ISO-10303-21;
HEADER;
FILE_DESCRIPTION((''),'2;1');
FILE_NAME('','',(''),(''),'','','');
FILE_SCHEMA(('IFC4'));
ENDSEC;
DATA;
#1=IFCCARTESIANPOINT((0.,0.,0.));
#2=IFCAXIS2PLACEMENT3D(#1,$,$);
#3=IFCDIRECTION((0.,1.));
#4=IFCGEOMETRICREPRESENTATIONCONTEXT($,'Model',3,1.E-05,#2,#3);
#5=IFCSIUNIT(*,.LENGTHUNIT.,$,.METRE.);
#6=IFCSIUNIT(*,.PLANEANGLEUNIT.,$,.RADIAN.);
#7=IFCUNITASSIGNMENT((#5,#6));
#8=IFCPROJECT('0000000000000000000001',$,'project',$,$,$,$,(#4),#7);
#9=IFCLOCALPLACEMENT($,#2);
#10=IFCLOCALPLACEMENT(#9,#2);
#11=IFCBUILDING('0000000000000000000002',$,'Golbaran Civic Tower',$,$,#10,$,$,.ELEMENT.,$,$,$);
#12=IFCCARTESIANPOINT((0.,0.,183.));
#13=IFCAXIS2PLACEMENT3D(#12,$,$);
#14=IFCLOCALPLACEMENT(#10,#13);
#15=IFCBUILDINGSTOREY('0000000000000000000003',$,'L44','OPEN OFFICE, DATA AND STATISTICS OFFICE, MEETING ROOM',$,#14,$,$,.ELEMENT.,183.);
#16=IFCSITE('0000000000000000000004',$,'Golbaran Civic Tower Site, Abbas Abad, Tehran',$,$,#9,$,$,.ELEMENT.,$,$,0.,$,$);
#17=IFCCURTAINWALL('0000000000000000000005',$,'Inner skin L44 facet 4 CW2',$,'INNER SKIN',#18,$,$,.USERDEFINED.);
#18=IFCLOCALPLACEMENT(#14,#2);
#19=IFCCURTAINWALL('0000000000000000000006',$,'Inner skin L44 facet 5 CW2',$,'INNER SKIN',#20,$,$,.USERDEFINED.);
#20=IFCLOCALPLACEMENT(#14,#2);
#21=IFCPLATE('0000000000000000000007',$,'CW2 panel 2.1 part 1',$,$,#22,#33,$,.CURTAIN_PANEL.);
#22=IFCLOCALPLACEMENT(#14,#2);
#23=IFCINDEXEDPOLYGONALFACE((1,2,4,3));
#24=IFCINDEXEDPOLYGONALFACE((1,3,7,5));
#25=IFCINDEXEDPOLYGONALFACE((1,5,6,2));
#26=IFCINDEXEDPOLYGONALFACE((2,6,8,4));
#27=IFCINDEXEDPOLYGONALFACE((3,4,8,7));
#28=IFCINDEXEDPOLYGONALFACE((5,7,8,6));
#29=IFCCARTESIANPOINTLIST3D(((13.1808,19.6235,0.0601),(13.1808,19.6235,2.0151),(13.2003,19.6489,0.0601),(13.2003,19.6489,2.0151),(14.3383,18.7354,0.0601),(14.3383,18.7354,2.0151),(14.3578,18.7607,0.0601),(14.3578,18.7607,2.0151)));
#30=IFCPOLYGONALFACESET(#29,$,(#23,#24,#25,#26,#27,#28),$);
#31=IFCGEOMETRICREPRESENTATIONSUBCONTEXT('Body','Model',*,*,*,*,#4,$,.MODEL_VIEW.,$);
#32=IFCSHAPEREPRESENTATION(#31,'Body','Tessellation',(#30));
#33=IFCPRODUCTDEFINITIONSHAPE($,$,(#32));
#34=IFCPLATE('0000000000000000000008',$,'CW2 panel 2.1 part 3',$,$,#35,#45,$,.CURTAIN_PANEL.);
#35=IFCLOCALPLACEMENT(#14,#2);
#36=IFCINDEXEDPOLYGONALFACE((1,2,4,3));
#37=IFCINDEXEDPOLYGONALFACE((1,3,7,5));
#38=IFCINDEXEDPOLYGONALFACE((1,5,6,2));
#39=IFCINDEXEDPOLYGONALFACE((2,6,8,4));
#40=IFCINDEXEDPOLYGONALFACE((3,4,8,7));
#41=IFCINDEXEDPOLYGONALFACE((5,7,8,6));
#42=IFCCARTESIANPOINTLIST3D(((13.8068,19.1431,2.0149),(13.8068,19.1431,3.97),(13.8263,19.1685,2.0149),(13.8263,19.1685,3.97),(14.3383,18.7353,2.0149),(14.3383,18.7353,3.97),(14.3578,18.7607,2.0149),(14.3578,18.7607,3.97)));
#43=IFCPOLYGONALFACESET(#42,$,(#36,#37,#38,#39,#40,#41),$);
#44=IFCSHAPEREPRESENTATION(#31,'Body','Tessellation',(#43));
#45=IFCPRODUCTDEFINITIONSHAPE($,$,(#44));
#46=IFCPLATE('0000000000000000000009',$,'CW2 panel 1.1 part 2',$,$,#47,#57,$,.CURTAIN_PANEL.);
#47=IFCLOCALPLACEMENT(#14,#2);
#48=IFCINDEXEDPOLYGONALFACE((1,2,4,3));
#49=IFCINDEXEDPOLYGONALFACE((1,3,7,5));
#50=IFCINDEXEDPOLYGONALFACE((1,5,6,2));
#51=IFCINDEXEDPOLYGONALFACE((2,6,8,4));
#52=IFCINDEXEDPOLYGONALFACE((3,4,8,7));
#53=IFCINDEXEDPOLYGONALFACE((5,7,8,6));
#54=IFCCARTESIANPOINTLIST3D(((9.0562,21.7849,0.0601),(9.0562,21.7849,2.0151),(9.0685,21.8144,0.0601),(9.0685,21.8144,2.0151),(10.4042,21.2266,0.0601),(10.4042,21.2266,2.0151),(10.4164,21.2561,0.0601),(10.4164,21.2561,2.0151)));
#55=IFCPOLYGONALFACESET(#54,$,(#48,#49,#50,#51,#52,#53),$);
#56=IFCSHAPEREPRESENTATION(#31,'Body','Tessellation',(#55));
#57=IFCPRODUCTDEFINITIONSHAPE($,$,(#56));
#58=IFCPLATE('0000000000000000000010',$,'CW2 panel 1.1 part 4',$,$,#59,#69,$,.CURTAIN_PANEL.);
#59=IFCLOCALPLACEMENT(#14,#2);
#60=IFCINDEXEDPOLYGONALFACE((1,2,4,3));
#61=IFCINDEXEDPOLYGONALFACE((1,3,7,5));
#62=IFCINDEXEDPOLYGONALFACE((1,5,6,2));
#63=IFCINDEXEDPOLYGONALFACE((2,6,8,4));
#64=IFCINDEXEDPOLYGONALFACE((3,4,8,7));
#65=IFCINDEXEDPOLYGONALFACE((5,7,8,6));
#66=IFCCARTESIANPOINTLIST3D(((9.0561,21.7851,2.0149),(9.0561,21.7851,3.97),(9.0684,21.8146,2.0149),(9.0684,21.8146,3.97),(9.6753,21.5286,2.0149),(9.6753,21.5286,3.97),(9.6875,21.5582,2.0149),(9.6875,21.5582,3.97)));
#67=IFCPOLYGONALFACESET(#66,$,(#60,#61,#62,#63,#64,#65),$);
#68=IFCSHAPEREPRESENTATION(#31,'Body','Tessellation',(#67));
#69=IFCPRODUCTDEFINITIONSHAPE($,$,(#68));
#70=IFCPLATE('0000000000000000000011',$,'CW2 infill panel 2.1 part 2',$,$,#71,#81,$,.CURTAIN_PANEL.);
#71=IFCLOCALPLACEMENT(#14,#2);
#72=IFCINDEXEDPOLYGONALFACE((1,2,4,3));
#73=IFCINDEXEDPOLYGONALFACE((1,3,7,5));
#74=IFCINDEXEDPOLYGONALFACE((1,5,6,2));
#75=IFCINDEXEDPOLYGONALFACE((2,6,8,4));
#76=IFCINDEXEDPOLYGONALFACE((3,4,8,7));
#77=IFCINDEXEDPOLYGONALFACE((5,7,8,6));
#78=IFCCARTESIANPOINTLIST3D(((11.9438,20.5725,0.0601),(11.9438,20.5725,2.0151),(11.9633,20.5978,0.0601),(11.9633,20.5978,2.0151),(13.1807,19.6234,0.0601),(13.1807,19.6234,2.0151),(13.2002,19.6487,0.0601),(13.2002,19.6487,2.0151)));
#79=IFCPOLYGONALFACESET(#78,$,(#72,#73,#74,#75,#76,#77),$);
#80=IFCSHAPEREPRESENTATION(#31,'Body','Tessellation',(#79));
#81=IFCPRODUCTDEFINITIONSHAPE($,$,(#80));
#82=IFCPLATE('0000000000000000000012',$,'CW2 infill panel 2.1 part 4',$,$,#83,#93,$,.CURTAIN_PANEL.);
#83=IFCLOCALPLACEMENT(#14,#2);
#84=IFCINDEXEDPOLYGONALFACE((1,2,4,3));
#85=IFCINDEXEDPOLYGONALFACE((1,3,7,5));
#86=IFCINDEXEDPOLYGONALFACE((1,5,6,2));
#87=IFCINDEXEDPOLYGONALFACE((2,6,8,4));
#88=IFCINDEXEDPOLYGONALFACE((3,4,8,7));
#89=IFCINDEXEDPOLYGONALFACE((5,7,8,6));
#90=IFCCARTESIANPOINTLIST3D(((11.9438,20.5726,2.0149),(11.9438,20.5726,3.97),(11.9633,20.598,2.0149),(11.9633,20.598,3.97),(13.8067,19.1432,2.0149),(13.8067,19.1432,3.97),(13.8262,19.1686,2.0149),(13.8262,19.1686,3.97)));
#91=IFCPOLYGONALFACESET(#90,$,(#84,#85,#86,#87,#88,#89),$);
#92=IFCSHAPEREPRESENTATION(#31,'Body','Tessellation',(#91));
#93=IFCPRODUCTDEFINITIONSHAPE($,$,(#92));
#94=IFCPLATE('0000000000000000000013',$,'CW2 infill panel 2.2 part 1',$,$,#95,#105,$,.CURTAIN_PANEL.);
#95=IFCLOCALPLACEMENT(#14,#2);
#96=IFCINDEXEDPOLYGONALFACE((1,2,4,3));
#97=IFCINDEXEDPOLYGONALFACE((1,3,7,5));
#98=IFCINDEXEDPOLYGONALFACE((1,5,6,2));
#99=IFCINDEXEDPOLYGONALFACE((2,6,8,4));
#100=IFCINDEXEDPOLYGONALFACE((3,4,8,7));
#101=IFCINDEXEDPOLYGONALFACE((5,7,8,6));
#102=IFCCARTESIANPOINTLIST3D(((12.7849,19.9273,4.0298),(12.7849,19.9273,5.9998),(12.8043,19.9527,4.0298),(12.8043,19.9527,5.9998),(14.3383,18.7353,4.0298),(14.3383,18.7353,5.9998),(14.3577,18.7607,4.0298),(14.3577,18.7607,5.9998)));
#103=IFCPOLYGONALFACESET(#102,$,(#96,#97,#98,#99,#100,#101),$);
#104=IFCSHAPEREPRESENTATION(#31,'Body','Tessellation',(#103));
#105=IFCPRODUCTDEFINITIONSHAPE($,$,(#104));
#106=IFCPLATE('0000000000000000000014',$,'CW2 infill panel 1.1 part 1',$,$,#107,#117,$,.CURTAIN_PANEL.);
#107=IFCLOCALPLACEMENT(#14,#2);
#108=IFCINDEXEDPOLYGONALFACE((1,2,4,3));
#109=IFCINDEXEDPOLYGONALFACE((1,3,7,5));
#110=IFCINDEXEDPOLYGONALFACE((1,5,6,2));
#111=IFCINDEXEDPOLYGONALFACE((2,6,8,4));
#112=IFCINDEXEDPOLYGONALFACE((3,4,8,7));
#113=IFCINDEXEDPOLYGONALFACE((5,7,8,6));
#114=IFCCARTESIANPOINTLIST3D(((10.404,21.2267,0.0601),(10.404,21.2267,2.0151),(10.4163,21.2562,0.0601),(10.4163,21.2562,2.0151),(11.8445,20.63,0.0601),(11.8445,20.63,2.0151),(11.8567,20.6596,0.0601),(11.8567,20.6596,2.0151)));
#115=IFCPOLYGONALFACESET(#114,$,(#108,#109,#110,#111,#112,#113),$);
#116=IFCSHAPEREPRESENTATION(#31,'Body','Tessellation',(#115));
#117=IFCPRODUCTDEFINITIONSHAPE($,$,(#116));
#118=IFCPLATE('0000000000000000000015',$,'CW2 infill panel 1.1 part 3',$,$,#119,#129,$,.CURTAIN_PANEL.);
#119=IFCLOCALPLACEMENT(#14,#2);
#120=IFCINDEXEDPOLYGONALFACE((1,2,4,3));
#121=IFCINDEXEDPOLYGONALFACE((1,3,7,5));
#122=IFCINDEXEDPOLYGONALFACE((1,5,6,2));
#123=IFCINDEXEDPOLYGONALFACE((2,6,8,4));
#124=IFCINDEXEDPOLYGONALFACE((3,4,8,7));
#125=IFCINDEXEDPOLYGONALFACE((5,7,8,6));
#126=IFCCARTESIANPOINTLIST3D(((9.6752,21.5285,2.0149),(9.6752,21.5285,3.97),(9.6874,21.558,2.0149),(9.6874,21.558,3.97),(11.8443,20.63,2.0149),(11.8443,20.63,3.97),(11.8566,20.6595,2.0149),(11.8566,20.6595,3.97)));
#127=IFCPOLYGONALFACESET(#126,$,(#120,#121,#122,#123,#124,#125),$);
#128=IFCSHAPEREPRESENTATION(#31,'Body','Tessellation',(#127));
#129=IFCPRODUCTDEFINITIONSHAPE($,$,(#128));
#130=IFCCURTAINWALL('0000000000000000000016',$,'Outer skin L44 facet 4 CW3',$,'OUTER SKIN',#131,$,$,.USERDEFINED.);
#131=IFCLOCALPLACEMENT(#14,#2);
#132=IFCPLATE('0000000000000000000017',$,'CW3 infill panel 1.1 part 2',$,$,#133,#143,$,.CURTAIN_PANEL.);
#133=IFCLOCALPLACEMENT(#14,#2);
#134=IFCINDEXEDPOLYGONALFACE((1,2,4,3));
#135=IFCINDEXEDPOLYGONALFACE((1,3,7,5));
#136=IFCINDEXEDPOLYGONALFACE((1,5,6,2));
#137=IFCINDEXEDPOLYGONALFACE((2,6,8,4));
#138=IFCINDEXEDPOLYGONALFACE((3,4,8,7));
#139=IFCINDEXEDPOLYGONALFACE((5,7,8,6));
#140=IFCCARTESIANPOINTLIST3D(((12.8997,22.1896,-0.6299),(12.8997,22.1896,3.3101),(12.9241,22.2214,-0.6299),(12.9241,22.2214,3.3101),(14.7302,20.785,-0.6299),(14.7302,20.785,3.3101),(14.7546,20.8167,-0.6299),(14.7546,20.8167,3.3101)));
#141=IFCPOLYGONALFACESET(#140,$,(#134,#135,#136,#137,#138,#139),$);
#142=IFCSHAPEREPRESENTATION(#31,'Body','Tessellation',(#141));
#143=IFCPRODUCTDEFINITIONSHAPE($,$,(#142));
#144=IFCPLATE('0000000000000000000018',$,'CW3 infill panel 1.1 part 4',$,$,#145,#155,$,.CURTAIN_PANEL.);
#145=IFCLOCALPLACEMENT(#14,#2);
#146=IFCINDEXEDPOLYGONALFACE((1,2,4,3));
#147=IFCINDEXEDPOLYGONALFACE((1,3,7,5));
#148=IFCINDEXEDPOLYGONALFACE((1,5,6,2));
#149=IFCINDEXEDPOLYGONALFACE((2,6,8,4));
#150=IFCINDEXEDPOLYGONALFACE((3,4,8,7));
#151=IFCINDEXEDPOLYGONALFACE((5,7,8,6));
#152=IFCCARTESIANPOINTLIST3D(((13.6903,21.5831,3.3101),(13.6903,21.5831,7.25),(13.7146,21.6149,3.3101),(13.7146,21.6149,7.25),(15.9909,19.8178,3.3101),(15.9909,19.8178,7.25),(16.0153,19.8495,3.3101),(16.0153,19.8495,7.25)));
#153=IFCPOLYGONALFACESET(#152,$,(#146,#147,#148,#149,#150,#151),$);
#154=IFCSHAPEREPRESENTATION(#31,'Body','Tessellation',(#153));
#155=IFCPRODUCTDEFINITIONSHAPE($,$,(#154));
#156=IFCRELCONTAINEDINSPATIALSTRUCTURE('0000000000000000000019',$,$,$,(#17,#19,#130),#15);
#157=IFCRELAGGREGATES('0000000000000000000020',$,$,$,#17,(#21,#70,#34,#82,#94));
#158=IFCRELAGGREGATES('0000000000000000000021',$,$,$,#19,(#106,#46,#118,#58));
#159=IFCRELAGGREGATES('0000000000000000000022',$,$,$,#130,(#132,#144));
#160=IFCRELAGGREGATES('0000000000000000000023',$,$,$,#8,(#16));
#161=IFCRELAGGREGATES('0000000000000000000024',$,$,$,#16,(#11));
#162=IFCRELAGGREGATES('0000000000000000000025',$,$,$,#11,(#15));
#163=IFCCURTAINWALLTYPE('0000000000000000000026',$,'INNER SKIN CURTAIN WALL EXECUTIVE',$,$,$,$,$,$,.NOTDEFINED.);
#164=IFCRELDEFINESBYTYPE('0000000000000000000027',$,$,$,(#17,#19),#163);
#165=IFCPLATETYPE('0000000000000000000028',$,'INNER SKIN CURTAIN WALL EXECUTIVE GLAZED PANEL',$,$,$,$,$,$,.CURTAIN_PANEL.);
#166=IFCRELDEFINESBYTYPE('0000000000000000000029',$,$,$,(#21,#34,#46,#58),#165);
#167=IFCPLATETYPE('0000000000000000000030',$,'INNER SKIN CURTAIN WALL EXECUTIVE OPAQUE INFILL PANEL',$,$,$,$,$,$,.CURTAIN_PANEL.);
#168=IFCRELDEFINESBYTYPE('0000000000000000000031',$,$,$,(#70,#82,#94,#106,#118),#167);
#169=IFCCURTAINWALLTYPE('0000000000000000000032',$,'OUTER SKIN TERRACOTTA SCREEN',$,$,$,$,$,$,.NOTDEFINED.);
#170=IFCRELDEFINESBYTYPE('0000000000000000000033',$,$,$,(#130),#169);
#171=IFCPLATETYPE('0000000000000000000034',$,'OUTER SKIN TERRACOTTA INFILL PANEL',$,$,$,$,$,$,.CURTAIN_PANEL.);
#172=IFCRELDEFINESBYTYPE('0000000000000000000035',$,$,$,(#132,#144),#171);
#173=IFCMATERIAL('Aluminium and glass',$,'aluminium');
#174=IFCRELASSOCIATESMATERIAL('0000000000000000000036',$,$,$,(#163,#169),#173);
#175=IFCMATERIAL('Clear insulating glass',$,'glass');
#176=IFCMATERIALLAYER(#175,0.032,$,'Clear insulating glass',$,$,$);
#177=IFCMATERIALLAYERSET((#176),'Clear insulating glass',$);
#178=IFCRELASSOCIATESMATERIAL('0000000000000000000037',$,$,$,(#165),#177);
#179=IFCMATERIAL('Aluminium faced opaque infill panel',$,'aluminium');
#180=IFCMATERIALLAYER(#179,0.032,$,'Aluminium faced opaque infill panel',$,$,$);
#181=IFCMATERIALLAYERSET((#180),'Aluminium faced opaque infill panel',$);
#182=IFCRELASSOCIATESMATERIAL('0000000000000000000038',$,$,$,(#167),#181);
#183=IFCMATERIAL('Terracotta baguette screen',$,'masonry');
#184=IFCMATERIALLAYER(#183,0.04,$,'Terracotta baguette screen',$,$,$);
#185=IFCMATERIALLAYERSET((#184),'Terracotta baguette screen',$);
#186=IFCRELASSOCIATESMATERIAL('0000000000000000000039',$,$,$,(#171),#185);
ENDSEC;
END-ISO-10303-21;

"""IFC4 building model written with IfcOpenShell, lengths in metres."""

from ifc_helpers import new_model, si_unit, direction, frame, origin, origin_2d, place, context, subcontext, project, spatial, rectangle, extrude, material, layer, layer_set, type_object, element, aggregate, save


model = new_model("IFC4")

# Units and contexts
model_context = context("Model", 3, precision=1e-05, world=origin(), true_north=direction((0.0, 1.0)))
body_context = subcontext(model_context, "Body", "Model", "MODEL_VIEW")
ifc_project = project(units=[si_unit("LENGTHUNIT", "METRE"), si_unit("PLANEANGLEUNIT", "RADIAN")], contexts=[model_context])

# Site, building, storey
site_placement = place(None, origin())
site = spatial("IfcSite", under=ifc_project, at=site_placement, Name="Golbaran Civic Tower Site, Abbas Abad, Tehran", CompositionType="ELEMENT", RefElevation=0.0)
building_placement = place(site_placement, origin())
building = spatial("IfcBuilding", under=site, at=building_placement, Name="Golbaran Civic Tower", CompositionType="ELEMENT")
storey_placement = place(building_placement, frame((0.0, 0.0, 183.0)))
storey = spatial("IfcBuildingStorey", under=building, at=storey_placement, Name="L44", Description="OPEN OFFICE, DATA AND STATISTICS OFFICE, MEETING ROOM", CompositionType="ELEMENT", Elevation=183.0)

# Curtain walls
ifc_material_1 = material(Name="Aluminium and glass", Category="aluminium")
curtain_wall_type_1 = type_object("IfcCurtainWallType", Name="INNER SKIN CURTAIN WALL EXECUTIVE", PredefinedType="NOTDEFINED", material=ifc_material_1)
curtain_wall_1_placement = place(storey_placement, origin())
curtain_wall_1 = element("IfcCurtainWall", 1, at=curtain_wall_1_placement, inside=storey, type_object=curtain_wall_type_1, Name="Inner skin L44 facet 4 CW2", ObjectType="INNER SKIN", PredefinedType="USERDEFINED")
curtain_wall_2_placement = place(storey_placement, origin())
curtain_wall_2 = element("IfcCurtainWall", 2, at=curtain_wall_2_placement, inside=storey, type_object=curtain_wall_type_1, Name="Inner skin L44 facet 5 CW2", ObjectType="INNER SKIN", PredefinedType="USERDEFINED")

# Plates
ifc_material_2 = material(Name="Clear insulating glass", Category="glass")
ifc_layer_1 = layer(ifc_material_2, 0.032, Name="Clear insulating glass")
ifc_layer_set_1 = layer_set([ifc_layer_1], Name="Clear insulating glass")
plate_type_1 = type_object("IfcPlateType", Name="INNER SKIN CURTAIN WALL EXECUTIVE GLAZED PANEL", PredefinedType="CURTAIN_PANEL", material=ifc_layer_set_1)
plate_1_placement = place(storey_placement, frame((13.7693, 19.1921, 0.0601), z_axis=(0.0, 0.0, 1.0), x_axis=(-0.793353, 0.608761, 0.0)))
plate_1 = element("IfcPlate", 3, at=plate_1_placement, type_object=plate_type_1, Name="CW2 panel 2.1 part 1", PredefinedType="CURTAIN_PANEL", context=body_context, shape_type="SweptSolid", body=[
    extrude(rectangle(XDim=1.459, YDim=0.032, at=origin_2d()), origin(), (0.0, 0.0, 1.0), 1.9551),
])
plate_2_placement = place(storey_placement, frame((14.0823, 18.9519, 2.0149), z_axis=(0.0, 0.0, 1.0), x_axis=(-0.793353, 0.608761, 0.0)))
plate_2 = element("IfcPlate", 4, at=plate_2_placement, type_object=plate_type_1, Name="CW2 panel 2.1 part 3", PredefinedType="CURTAIN_PANEL", context=body_context, shape_type="SweptSolid", body=[
    extrude(rectangle(XDim=0.6699, YDim=0.032, at=origin_2d()), origin(), (0.0, 0.0, 1.0), 1.9551),
])
plate_3_placement = place(storey_placement, frame((9.7363, 21.5205, 0.0601), z_axis=(0.0, 0.0, 1.0), x_axis=(-0.92388, 0.382683, 0.0)))
plate_3 = element("IfcPlate", 5, at=plate_3_placement, type_object=plate_type_1, Name="CW2 panel 1.1 part 2", PredefinedType="CURTAIN_PANEL", context=body_context, shape_type="SweptSolid", body=[
    extrude(rectangle(XDim=1.459, YDim=0.032, at=origin_2d()), origin(), (0.0, 0.0, 1.0), 1.9551),
])
plate_4_placement = place(storey_placement, frame((9.3718, 21.6716, 2.0149), z_axis=(0.0, 0.0, 1.0), x_axis=(-0.92388, 0.382683, 0.0)))
plate_4 = element("IfcPlate", 6, at=plate_4_placement, type_object=plate_type_1, Name="CW2 panel 1.1 part 4", PredefinedType="CURTAIN_PANEL", context=body_context, shape_type="SweptSolid", body=[
    extrude(rectangle(XDim=0.6702, YDim=0.032, at=origin_2d()), origin(), (0.0, 0.0, 1.0), 1.9551),
])
ifc_material_3 = material(Name="Aluminium faced opaque infill panel", Category="aluminium")
ifc_layer_2 = layer(ifc_material_3, 0.032, Name="Aluminium faced opaque infill panel")
ifc_layer_set_2 = layer_set([ifc_layer_2], Name="Aluminium faced opaque infill panel")
plate_type_2 = type_object("IfcPlateType", Name="INNER SKIN CURTAIN WALL EXECUTIVE OPAQUE INFILL PANEL", PredefinedType="CURTAIN_PANEL", material=ifc_layer_set_2)
plate_5_placement = place(storey_placement, frame((12.572, 20.1106, 0.0601), z_axis=(0.0, 0.0, 1.0), x_axis=(-0.793353, 0.608761, 0.0)))
plate_5 = element("IfcPlate", 7, at=plate_5_placement, type_object=plate_type_2, Name="CW2 infill panel 2.1 part 2", PredefinedType="CURTAIN_PANEL", context=body_context, shape_type="SweptSolid", body=[
    extrude(rectangle(XDim=1.5591, YDim=0.032, at=origin_2d()), origin(), (0.0, 0.0, 1.0), 1.9551),
])
plate_6_placement = place(storey_placement, frame((12.885, 19.8706, 2.0149), z_axis=(0.0, 0.0, 1.0), x_axis=(-0.793353, 0.608761, 0.0)))
plate_6 = element("IfcPlate", 8, at=plate_6_placement, type_object=plate_type_2, Name="CW2 infill panel 2.1 part 4", PredefinedType="CURTAIN_PANEL", context=body_context, shape_type="SweptSolid", body=[
    extrude(rectangle(XDim=2.3481, YDim=0.032, at=origin_2d()), origin(), (0.0, 0.0, 1.0), 1.9551),
])
plate_7_placement = place(storey_placement, frame((13.5713, 19.344, 4.0298), z_axis=(0.0, 0.0, 1.0), x_axis=(-0.793353, 0.608761, 0.0)))
plate_7 = element("IfcPlate", 9, at=plate_7_placement, type_object=plate_type_2, Name="CW2 infill panel 2.2 part 1", PredefinedType="CURTAIN_PANEL", context=body_context, shape_type="SweptSolid", body=[
    extrude(rectangle(XDim=1.958, YDim=0.032, at=origin_2d()), origin(), (0.0, 0.0, 1.0), 1.97),
])
aggregate(curtain_wall_1, [plate_1, plate_5, plate_2, plate_6, plate_7])
plate_8_placement = place(storey_placement, frame((11.1304, 20.9431, 0.0601), z_axis=(0.0, 0.0, 1.0), x_axis=(-0.92388, 0.382683, 0.0)))
plate_8 = element("IfcPlate", 10, at=plate_8_placement, type_object=plate_type_2, Name="CW2 infill panel 1.1 part 1", PredefinedType="CURTAIN_PANEL", context=body_context, shape_type="SweptSolid", body=[
    extrude(rectangle(XDim=1.5591, YDim=0.032, at=origin_2d()), origin(), (0.0, 0.0, 1.0), 1.9551),
])
plate_9_placement = place(storey_placement, frame((10.7659, 21.094, 2.0149), z_axis=(0.0, 0.0, 1.0), x_axis=(-0.92388, 0.382683, 0.0)))
plate_9 = element("IfcPlate", 11, at=plate_9_placement, type_object=plate_type_2, Name="CW2 infill panel 1.1 part 3", PredefinedType="CURTAIN_PANEL", context=body_context, shape_type="SweptSolid", body=[
    extrude(rectangle(XDim=2.3479, YDim=0.032, at=origin_2d()), origin(), (0.0, 0.0, 1.0), 1.9551),
])
aggregate(curtain_wall_2, [plate_8, plate_3, plate_9, plate_4])

# Curtain wall, plates
curtain_wall_type_2 = type_object("IfcCurtainWallType", Name="OUTER SKIN TERRACOTTA SCREEN", PredefinedType="NOTDEFINED", material=ifc_material_1)
curtain_wall_3_placement = place(storey_placement, origin())
curtain_wall_3 = element("IfcCurtainWall", 12, at=curtain_wall_3_placement, inside=storey, type_object=curtain_wall_type_2, Name="Outer skin L44 facet 4 CW3", ObjectType="OUTER SKIN", PredefinedType="USERDEFINED")
ifc_material_4 = material(Name="Terracotta baguette screen", Category="masonry")
ifc_layer_3 = layer(ifc_material_4, 0.04, Name="Terracotta baguette screen")
ifc_layer_set_3 = layer_set([ifc_layer_3], Name="Terracotta baguette screen")
plate_type_3 = type_object("IfcPlateType", Name="OUTER SKIN TERRACOTTA INFILL PANEL", PredefinedType="CURTAIN_PANEL", material=ifc_layer_set_3)
plate_10_placement = place(storey_placement, frame((13.8271, 21.5032, -0.6299), z_axis=(0.0, 0.0, 1.0), x_axis=(-0.793353, 0.608761, 0.0)))
plate_10 = element("IfcPlate", 13, at=plate_10_placement, type_object=plate_type_3, Name="CW3 infill panel 1.1 part 2", PredefinedType="CURTAIN_PANEL", context=body_context, shape_type="SweptSolid", body=[
    extrude(rectangle(XDim=2.3074, YDim=0.04, at=origin_2d()), origin(), (0.0, 0.0, 1.0), 3.9399),
])
plate_11_placement = place(storey_placement, frame((14.8528, 20.7163, 3.3101), z_axis=(0.0, 0.0, 1.0), x_axis=(-0.793353, 0.608761, 0.0)))
plate_11 = element("IfcPlate", 14, at=plate_11_placement, type_object=plate_type_3, Name="CW3 infill panel 1.1 part 4", PredefinedType="CURTAIN_PANEL", context=body_context, shape_type="SweptSolid", body=[
    extrude(rectangle(XDim=2.8999, YDim=0.04, at=origin_2d()), origin(), (0.0, 0.0, 1.0), 3.9399),
])
aggregate(curtain_wall_3, [plate_10, plate_11])

save(model, "model.ifc")
